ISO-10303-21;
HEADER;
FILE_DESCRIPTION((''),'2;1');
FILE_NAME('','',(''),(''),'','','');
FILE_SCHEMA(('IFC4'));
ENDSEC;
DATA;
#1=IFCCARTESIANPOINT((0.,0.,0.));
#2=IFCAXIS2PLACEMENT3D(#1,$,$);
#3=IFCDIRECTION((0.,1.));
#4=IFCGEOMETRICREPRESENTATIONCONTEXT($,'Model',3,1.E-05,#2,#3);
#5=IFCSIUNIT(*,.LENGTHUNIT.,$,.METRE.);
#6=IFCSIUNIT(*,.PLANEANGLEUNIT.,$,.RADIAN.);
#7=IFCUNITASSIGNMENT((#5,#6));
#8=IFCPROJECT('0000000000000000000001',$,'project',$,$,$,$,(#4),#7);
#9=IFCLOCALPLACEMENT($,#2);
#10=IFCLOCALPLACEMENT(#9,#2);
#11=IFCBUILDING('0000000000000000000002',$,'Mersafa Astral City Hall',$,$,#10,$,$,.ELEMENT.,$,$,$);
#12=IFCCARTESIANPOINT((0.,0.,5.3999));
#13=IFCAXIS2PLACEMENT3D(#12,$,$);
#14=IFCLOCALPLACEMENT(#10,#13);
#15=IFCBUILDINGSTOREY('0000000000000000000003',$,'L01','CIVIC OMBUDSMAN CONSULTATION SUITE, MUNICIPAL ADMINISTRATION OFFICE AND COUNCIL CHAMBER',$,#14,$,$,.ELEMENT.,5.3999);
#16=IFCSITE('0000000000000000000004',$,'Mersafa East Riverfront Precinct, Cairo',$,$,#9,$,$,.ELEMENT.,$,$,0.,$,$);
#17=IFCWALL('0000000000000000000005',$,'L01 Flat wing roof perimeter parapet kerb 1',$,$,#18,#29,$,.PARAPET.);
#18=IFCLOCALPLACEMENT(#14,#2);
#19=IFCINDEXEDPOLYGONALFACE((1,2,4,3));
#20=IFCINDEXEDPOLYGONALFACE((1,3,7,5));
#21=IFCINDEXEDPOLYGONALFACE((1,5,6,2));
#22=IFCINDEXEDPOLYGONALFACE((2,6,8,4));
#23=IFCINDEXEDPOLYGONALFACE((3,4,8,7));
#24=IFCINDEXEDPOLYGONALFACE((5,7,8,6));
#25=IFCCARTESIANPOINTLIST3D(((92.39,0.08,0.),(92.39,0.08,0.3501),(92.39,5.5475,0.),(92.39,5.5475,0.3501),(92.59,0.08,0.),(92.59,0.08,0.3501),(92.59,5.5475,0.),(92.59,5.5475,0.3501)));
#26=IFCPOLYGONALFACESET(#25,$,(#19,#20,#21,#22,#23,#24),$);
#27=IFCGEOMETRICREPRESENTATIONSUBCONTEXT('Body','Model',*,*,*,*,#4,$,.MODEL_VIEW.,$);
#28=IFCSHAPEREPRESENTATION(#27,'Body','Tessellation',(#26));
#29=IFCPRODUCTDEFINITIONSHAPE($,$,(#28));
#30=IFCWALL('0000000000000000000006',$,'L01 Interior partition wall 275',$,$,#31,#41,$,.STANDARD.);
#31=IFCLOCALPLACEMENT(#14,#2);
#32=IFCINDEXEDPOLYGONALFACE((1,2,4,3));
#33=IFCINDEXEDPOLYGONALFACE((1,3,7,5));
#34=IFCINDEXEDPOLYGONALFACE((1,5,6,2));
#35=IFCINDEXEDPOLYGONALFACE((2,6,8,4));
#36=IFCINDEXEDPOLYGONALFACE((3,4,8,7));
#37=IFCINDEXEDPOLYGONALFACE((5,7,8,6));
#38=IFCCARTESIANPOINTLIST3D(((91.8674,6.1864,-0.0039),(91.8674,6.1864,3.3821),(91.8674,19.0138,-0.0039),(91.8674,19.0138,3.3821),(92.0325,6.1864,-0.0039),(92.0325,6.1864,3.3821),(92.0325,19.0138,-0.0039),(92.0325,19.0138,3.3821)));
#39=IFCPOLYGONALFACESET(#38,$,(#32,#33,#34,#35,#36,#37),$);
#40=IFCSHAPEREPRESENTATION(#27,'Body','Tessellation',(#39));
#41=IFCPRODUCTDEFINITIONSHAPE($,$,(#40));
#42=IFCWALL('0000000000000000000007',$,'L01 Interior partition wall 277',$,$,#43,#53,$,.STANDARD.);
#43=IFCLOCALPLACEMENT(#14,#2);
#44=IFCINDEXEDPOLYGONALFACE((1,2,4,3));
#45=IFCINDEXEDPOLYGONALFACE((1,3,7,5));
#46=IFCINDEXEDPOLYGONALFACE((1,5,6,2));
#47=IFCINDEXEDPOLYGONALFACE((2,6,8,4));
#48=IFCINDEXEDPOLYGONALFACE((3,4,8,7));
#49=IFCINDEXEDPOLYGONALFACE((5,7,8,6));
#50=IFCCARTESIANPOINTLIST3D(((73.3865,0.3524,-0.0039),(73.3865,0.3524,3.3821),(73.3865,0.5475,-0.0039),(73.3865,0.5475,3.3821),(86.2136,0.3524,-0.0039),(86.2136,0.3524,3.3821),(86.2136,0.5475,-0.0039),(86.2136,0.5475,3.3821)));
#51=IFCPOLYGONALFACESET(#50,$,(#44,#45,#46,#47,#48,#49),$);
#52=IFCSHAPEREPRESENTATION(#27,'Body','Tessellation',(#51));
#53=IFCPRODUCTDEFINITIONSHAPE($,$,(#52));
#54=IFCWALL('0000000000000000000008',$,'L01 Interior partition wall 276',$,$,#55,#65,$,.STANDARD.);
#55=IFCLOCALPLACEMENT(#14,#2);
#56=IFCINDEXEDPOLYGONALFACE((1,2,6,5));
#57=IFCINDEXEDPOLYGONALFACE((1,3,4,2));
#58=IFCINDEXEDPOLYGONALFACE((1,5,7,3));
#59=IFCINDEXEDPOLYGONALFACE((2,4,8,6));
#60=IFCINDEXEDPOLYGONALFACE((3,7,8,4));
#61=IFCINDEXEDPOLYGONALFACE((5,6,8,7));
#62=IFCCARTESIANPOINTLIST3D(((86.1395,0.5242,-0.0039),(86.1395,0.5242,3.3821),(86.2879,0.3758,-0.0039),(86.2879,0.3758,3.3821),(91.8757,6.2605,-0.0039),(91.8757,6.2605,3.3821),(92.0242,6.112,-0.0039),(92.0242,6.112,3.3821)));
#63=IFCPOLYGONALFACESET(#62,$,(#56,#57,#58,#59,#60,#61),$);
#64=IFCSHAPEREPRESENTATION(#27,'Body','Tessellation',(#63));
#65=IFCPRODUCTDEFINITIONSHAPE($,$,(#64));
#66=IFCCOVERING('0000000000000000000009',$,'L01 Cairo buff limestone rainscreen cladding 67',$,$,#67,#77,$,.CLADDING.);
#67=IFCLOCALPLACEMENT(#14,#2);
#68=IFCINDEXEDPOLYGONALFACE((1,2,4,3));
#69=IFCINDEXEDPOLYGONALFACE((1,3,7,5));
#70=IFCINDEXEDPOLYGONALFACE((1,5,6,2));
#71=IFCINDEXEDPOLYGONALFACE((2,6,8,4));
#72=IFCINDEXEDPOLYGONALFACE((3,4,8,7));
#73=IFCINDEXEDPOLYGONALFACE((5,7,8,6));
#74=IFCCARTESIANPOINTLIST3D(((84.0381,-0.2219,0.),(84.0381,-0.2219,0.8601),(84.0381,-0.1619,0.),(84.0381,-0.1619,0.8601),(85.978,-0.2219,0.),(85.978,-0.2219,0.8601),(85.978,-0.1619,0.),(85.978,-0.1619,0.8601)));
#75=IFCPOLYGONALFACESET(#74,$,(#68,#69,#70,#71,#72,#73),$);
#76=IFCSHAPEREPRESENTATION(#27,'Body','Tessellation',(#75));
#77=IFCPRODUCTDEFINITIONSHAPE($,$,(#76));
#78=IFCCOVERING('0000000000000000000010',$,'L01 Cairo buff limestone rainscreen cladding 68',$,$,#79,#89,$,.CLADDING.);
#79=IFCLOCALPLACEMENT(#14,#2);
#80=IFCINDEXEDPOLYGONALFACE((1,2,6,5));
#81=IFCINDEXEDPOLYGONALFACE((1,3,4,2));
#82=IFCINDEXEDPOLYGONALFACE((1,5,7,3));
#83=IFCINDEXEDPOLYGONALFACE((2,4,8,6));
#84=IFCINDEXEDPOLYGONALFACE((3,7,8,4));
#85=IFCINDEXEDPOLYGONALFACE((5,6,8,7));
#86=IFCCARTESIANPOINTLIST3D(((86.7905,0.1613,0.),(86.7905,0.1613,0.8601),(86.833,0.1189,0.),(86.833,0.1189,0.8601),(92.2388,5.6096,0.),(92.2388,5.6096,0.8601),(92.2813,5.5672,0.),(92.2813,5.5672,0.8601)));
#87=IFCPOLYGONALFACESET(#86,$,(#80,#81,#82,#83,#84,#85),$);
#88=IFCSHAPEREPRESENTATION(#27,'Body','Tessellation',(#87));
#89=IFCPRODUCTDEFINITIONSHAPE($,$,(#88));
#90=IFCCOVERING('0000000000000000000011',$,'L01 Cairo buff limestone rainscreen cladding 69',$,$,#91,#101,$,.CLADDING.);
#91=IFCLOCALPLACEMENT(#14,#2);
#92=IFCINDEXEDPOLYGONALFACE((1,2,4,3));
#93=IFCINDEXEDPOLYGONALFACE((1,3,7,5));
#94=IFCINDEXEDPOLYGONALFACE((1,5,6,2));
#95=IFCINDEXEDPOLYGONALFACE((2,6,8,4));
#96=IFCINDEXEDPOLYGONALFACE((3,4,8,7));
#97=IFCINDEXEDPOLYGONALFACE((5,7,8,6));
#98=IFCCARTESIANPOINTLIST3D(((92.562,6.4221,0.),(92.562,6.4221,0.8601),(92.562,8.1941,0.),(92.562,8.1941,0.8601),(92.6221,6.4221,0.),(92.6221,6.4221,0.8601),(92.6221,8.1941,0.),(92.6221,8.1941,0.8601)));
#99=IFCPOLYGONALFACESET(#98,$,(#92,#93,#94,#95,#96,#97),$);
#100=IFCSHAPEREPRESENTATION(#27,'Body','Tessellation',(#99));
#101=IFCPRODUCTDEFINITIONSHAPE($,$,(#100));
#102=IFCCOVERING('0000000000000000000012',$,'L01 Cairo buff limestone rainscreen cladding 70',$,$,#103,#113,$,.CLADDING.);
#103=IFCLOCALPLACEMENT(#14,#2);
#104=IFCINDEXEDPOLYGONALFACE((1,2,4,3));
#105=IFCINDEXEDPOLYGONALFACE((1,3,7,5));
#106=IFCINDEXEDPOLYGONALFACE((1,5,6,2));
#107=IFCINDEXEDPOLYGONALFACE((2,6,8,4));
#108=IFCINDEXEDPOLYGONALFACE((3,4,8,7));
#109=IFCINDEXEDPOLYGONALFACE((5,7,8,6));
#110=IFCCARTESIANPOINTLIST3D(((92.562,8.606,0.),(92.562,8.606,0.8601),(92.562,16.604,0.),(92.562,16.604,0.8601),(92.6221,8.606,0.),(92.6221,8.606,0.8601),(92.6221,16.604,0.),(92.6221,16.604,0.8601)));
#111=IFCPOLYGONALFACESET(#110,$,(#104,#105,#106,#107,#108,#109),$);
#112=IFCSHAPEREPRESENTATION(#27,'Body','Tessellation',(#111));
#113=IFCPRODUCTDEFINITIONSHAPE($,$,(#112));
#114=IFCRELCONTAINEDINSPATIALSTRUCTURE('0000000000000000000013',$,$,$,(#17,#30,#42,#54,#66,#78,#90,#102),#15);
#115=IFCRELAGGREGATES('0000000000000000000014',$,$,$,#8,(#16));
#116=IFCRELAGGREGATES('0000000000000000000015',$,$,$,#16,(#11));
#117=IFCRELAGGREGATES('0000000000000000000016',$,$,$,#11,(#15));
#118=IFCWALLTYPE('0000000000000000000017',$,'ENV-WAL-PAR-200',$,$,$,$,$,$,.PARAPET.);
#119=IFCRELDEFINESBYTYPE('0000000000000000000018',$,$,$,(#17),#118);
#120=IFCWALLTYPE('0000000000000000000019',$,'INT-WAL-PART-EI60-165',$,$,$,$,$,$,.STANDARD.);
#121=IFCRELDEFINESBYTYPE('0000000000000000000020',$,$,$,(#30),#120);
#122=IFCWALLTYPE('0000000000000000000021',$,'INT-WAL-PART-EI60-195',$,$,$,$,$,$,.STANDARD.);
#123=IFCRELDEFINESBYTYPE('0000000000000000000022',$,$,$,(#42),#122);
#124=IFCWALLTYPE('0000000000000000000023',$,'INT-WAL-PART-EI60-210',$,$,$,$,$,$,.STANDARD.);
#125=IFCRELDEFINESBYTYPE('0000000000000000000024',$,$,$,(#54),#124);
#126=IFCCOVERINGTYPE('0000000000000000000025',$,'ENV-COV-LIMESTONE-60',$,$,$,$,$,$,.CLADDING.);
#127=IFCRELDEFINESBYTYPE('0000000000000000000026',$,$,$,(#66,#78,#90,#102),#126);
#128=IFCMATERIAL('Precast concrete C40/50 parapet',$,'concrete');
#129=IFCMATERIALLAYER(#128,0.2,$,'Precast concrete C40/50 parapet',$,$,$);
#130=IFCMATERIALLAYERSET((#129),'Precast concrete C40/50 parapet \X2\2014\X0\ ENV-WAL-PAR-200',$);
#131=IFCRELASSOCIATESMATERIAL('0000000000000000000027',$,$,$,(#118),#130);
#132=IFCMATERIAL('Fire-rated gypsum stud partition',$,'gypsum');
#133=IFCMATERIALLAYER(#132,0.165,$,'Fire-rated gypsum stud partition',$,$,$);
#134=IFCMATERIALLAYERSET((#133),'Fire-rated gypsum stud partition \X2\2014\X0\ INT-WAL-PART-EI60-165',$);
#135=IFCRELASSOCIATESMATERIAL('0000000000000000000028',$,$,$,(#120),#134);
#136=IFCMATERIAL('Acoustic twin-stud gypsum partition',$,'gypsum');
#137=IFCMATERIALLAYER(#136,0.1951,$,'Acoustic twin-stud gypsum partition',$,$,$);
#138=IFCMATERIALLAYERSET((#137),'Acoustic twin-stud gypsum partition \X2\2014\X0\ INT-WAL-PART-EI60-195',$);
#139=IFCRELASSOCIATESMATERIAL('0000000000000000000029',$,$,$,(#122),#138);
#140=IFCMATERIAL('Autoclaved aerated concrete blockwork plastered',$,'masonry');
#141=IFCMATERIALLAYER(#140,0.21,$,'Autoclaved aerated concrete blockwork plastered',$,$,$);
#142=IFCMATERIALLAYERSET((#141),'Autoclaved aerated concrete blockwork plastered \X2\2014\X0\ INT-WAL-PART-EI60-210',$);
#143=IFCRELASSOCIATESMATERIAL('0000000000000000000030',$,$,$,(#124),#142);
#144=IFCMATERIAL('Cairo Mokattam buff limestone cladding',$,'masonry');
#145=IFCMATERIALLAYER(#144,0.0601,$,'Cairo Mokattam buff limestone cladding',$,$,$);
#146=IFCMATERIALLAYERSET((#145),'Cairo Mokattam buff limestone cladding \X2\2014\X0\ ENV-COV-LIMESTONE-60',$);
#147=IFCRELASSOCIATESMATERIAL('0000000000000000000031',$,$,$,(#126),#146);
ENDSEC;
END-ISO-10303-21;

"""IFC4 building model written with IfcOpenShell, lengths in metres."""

from ifc_helpers import new_model, si_unit, direction, frame, frame_2d, origin, origin_2d, place, context, subcontext, project, spatial, rectangle, extrude, material, layer, layer_set, type_object, element, save


model = new_model("IFC4")

# Units and contexts
model_context = context("Model", 3, precision=1e-05, world=origin(), true_north=direction((0.0, 1.0)))
body_context = subcontext(model_context, "Body", "Model", "MODEL_VIEW")
ifc_project = project(units=[si_unit("LENGTHUNIT", "METRE"), si_unit("PLANEANGLEUNIT", "RADIAN")], contexts=[model_context])

# Site, building, storey
site_placement = place(None, origin())
site = spatial("IfcSite", under=ifc_project, at=site_placement, Name="Mersafa East Riverfront Precinct, Cairo", CompositionType="ELEMENT", RefElevation=0.0)
building_placement = place(site_placement, origin())
building = spatial("IfcBuilding", under=site, at=building_placement, Name="Mersafa Astral City Hall", CompositionType="ELEMENT")
storey_placement = place(building_placement, frame((0.0, 0.0, 5.3999)))
storey = spatial("IfcBuildingStorey", under=building, at=storey_placement, Name="L01", Description="CIVIC OMBUDSMAN CONSULTATION SUITE, MUNICIPAL ADMINISTRATION OFFICE AND COUNCIL CHAMBER", CompositionType="ELEMENT", Elevation=5.3999)

# Walls
ifc_material_1 = material(Name="Precast concrete C40/50 parapet", Category="concrete")
ifc_layer_1 = layer(ifc_material_1, 0.2, Name="Precast concrete C40/50 parapet")
ifc_layer_set_1 = layer_set([ifc_layer_1], Name="Precast concrete C40/50 parapet — ENV-WAL-PAR-200")
wall_type_1 = type_object("IfcWallType", Name="ENV-WAL-PAR-200", PredefinedType="PARAPET", material=ifc_layer_set_1)
wall_1_placement = place(storey_placement, frame((92.49, 5.5476, 0.0), z_axis=(0.0, 0.0, 1.0), x_axis=(0.0, -1.0, 0.0)))
element("IfcWall", 1, at=wall_1_placement, inside=storey, type_object=wall_type_1, Name="L01 Flat wing roof perimeter parapet kerb 1", PredefinedType="PARAPET", context=body_context, shape_type="SweptSolid", body=[
    extrude(rectangle(XDim=5.4675, YDim=0.2, at=frame_2d((2.7339, 0.0))), origin(), (0.0, 0.0, 1.0), 0.3501),
])
ifc_material_2 = material(Name="Fire-rated gypsum stud partition", Category="gypsum")
ifc_layer_2 = layer(ifc_material_2, 0.165, Name="Fire-rated gypsum stud partition")
ifc_layer_set_2 = layer_set([ifc_layer_2], Name="Fire-rated gypsum stud partition — INT-WAL-PART-EI60-165")
wall_type_2 = type_object("IfcWallType", Name="INT-WAL-PART-EI60-165", PredefinedType="STANDARD", material=ifc_layer_set_2)
wall_2_placement = place(storey_placement, frame((91.95, 19.0137, -0.0039), z_axis=(0.0, 0.0, 1.0), x_axis=(0.0, -1.0, 0.0)))
element("IfcWall", 2, at=wall_2_placement, inside=storey, type_object=wall_type_2, Name="L01 Interior partition wall 275", PredefinedType="STANDARD", context=body_context, shape_type="SweptSolid", body=[
    extrude(rectangle(XDim=12.8274, YDim=0.165, at=frame_2d((6.4136, 0.0))), origin(), (0.0, 0.0, 1.0), 3.386),
])
ifc_material_3 = material(Name="Acoustic twin-stud gypsum partition", Category="gypsum")
ifc_layer_3 = layer(ifc_material_3, 0.1951, Name="Acoustic twin-stud gypsum partition")
ifc_layer_set_3 = layer_set([ifc_layer_3], Name="Acoustic twin-stud gypsum partition — INT-WAL-PART-EI60-195")
wall_type_3 = type_object("IfcWallType", Name="INT-WAL-PART-EI60-195", PredefinedType="STANDARD", material=ifc_layer_set_3)
wall_3_placement = place(storey_placement, frame((86.2136, 0.45, -0.0039), z_axis=(0.0, 0.0, 1.0), x_axis=(-1.0, 0.0, 0.0)))
element("IfcWall", 3, at=wall_3_placement, inside=storey, type_object=wall_type_3, Name="L01 Interior partition wall 277", PredefinedType="STANDARD", context=body_context, shape_type="SweptSolid", body=[
    extrude(rectangle(XDim=12.8271, YDim=0.1951, at=frame_2d((6.4136, 0.0))), origin(), (0.0, 0.0, 1.0), 3.386),
])
ifc_material_4 = material(Name="Autoclaved aerated concrete blockwork plastered", Category="masonry")
ifc_layer_4 = layer(ifc_material_4, 0.21, Name="Autoclaved aerated concrete blockwork plastered")
ifc_layer_set_4 = layer_set([ifc_layer_4], Name="Autoclaved aerated concrete blockwork plastered — INT-WAL-PART-EI60-210")
wall_type_4 = type_object("IfcWallType", Name="INT-WAL-PART-EI60-210", PredefinedType="STANDARD", material=ifc_layer_set_4)
wall_4_placement = place(storey_placement, frame((91.95, 6.1863, -0.0039), z_axis=(0.0, 0.0, 1.0), x_axis=(-0.707107, -0.707107, 0.0)))
element("IfcWall", 4, at=wall_4_placement, inside=storey, type_object=wall_type_4, Name="L01 Interior partition wall 276", PredefinedType="STANDARD", context=body_context, shape_type="SweptSolid", body=[
    extrude(rectangle(XDim=8.1123, YDim=0.21, at=frame_2d((4.0562, 0.0))), origin(), (0.0, 0.0, 1.0), 3.386),
])

# Coverings
ifc_material_5 = material(Name="Cairo Mokattam buff limestone cladding", Category="masonry")
ifc_layer_5 = layer(ifc_material_5, 0.0601, Name="Cairo Mokattam buff limestone cladding")
ifc_layer_set_5 = layer_set([ifc_layer_5], Name="Cairo Mokattam buff limestone cladding — ENV-COV-LIMESTONE-60")
covering_type = type_object("IfcCoveringType", Name="ENV-COV-LIMESTONE-60", PredefinedType="CLADDING", material=ifc_layer_set_5)
covering_1_placement = place(storey_placement, frame((85.0081, -0.1919, 0.0), z_axis=(0.0, 0.0, 1.0), x_axis=(1.0, 0.0, 0.0)))
element("IfcCovering", 5, at=covering_1_placement, inside=storey, type_object=covering_type, Name="L01 Cairo buff limestone rainscreen cladding 67", PredefinedType="CLADDING", context=body_context, shape_type="SweptSolid", body=[
    extrude(rectangle(XDim=1.9399, YDim=0.0601, at=origin_2d()), origin(), (0.0, 0.0, 1.0), 0.8601),
])
covering_2_placement = place(storey_placement, frame((89.5359, 2.8643, 0.0), z_axis=(0.0, 0.0, 1.0), x_axis=(0.707107, 0.707107, 0.0)))
element("IfcCovering", 6, at=covering_2_placement, inside=storey, type_object=covering_type, Name="L01 Cairo buff limestone rainscreen cladding 68", PredefinedType="CLADDING", context=body_context, shape_type="SweptSolid", body=[
    extrude(rectangle(XDim=7.7051, YDim=0.0601, at=origin_2d()), origin(), (0.0, 0.0, 1.0), 0.8601),
])
covering_3_placement = place(storey_placement, frame((92.592, 7.3081, 0.0), z_axis=(0.0, 0.0, 1.0), x_axis=(0.0, 1.0, 0.0)))
element("IfcCovering", 7, at=covering_3_placement, inside=storey, type_object=covering_type, Name="L01 Cairo buff limestone rainscreen cladding 69", PredefinedType="CLADDING", context=body_context, shape_type="SweptSolid", body=[
    extrude(rectangle(XDim=1.772, YDim=0.0601, at=origin_2d()), origin(), (0.0, 0.0, 1.0), 0.8601),
])
covering_4_placement = place(storey_placement, frame((92.592, 12.605, 0.0), z_axis=(0.0, 0.0, 1.0), x_axis=(0.0, 1.0, 0.0)))
element("IfcCovering", 8, at=covering_4_placement, inside=storey, type_object=covering_type, Name="L01 Cairo buff limestone rainscreen cladding 70", PredefinedType="CLADDING", context=body_context, shape_type="SweptSolid", body=[
    extrude(rectangle(XDim=7.998, YDim=0.0601, at=origin_2d()), origin(), (0.0, 0.0, 1.0), 0.8601),
])

save(model, "model.ifc")
